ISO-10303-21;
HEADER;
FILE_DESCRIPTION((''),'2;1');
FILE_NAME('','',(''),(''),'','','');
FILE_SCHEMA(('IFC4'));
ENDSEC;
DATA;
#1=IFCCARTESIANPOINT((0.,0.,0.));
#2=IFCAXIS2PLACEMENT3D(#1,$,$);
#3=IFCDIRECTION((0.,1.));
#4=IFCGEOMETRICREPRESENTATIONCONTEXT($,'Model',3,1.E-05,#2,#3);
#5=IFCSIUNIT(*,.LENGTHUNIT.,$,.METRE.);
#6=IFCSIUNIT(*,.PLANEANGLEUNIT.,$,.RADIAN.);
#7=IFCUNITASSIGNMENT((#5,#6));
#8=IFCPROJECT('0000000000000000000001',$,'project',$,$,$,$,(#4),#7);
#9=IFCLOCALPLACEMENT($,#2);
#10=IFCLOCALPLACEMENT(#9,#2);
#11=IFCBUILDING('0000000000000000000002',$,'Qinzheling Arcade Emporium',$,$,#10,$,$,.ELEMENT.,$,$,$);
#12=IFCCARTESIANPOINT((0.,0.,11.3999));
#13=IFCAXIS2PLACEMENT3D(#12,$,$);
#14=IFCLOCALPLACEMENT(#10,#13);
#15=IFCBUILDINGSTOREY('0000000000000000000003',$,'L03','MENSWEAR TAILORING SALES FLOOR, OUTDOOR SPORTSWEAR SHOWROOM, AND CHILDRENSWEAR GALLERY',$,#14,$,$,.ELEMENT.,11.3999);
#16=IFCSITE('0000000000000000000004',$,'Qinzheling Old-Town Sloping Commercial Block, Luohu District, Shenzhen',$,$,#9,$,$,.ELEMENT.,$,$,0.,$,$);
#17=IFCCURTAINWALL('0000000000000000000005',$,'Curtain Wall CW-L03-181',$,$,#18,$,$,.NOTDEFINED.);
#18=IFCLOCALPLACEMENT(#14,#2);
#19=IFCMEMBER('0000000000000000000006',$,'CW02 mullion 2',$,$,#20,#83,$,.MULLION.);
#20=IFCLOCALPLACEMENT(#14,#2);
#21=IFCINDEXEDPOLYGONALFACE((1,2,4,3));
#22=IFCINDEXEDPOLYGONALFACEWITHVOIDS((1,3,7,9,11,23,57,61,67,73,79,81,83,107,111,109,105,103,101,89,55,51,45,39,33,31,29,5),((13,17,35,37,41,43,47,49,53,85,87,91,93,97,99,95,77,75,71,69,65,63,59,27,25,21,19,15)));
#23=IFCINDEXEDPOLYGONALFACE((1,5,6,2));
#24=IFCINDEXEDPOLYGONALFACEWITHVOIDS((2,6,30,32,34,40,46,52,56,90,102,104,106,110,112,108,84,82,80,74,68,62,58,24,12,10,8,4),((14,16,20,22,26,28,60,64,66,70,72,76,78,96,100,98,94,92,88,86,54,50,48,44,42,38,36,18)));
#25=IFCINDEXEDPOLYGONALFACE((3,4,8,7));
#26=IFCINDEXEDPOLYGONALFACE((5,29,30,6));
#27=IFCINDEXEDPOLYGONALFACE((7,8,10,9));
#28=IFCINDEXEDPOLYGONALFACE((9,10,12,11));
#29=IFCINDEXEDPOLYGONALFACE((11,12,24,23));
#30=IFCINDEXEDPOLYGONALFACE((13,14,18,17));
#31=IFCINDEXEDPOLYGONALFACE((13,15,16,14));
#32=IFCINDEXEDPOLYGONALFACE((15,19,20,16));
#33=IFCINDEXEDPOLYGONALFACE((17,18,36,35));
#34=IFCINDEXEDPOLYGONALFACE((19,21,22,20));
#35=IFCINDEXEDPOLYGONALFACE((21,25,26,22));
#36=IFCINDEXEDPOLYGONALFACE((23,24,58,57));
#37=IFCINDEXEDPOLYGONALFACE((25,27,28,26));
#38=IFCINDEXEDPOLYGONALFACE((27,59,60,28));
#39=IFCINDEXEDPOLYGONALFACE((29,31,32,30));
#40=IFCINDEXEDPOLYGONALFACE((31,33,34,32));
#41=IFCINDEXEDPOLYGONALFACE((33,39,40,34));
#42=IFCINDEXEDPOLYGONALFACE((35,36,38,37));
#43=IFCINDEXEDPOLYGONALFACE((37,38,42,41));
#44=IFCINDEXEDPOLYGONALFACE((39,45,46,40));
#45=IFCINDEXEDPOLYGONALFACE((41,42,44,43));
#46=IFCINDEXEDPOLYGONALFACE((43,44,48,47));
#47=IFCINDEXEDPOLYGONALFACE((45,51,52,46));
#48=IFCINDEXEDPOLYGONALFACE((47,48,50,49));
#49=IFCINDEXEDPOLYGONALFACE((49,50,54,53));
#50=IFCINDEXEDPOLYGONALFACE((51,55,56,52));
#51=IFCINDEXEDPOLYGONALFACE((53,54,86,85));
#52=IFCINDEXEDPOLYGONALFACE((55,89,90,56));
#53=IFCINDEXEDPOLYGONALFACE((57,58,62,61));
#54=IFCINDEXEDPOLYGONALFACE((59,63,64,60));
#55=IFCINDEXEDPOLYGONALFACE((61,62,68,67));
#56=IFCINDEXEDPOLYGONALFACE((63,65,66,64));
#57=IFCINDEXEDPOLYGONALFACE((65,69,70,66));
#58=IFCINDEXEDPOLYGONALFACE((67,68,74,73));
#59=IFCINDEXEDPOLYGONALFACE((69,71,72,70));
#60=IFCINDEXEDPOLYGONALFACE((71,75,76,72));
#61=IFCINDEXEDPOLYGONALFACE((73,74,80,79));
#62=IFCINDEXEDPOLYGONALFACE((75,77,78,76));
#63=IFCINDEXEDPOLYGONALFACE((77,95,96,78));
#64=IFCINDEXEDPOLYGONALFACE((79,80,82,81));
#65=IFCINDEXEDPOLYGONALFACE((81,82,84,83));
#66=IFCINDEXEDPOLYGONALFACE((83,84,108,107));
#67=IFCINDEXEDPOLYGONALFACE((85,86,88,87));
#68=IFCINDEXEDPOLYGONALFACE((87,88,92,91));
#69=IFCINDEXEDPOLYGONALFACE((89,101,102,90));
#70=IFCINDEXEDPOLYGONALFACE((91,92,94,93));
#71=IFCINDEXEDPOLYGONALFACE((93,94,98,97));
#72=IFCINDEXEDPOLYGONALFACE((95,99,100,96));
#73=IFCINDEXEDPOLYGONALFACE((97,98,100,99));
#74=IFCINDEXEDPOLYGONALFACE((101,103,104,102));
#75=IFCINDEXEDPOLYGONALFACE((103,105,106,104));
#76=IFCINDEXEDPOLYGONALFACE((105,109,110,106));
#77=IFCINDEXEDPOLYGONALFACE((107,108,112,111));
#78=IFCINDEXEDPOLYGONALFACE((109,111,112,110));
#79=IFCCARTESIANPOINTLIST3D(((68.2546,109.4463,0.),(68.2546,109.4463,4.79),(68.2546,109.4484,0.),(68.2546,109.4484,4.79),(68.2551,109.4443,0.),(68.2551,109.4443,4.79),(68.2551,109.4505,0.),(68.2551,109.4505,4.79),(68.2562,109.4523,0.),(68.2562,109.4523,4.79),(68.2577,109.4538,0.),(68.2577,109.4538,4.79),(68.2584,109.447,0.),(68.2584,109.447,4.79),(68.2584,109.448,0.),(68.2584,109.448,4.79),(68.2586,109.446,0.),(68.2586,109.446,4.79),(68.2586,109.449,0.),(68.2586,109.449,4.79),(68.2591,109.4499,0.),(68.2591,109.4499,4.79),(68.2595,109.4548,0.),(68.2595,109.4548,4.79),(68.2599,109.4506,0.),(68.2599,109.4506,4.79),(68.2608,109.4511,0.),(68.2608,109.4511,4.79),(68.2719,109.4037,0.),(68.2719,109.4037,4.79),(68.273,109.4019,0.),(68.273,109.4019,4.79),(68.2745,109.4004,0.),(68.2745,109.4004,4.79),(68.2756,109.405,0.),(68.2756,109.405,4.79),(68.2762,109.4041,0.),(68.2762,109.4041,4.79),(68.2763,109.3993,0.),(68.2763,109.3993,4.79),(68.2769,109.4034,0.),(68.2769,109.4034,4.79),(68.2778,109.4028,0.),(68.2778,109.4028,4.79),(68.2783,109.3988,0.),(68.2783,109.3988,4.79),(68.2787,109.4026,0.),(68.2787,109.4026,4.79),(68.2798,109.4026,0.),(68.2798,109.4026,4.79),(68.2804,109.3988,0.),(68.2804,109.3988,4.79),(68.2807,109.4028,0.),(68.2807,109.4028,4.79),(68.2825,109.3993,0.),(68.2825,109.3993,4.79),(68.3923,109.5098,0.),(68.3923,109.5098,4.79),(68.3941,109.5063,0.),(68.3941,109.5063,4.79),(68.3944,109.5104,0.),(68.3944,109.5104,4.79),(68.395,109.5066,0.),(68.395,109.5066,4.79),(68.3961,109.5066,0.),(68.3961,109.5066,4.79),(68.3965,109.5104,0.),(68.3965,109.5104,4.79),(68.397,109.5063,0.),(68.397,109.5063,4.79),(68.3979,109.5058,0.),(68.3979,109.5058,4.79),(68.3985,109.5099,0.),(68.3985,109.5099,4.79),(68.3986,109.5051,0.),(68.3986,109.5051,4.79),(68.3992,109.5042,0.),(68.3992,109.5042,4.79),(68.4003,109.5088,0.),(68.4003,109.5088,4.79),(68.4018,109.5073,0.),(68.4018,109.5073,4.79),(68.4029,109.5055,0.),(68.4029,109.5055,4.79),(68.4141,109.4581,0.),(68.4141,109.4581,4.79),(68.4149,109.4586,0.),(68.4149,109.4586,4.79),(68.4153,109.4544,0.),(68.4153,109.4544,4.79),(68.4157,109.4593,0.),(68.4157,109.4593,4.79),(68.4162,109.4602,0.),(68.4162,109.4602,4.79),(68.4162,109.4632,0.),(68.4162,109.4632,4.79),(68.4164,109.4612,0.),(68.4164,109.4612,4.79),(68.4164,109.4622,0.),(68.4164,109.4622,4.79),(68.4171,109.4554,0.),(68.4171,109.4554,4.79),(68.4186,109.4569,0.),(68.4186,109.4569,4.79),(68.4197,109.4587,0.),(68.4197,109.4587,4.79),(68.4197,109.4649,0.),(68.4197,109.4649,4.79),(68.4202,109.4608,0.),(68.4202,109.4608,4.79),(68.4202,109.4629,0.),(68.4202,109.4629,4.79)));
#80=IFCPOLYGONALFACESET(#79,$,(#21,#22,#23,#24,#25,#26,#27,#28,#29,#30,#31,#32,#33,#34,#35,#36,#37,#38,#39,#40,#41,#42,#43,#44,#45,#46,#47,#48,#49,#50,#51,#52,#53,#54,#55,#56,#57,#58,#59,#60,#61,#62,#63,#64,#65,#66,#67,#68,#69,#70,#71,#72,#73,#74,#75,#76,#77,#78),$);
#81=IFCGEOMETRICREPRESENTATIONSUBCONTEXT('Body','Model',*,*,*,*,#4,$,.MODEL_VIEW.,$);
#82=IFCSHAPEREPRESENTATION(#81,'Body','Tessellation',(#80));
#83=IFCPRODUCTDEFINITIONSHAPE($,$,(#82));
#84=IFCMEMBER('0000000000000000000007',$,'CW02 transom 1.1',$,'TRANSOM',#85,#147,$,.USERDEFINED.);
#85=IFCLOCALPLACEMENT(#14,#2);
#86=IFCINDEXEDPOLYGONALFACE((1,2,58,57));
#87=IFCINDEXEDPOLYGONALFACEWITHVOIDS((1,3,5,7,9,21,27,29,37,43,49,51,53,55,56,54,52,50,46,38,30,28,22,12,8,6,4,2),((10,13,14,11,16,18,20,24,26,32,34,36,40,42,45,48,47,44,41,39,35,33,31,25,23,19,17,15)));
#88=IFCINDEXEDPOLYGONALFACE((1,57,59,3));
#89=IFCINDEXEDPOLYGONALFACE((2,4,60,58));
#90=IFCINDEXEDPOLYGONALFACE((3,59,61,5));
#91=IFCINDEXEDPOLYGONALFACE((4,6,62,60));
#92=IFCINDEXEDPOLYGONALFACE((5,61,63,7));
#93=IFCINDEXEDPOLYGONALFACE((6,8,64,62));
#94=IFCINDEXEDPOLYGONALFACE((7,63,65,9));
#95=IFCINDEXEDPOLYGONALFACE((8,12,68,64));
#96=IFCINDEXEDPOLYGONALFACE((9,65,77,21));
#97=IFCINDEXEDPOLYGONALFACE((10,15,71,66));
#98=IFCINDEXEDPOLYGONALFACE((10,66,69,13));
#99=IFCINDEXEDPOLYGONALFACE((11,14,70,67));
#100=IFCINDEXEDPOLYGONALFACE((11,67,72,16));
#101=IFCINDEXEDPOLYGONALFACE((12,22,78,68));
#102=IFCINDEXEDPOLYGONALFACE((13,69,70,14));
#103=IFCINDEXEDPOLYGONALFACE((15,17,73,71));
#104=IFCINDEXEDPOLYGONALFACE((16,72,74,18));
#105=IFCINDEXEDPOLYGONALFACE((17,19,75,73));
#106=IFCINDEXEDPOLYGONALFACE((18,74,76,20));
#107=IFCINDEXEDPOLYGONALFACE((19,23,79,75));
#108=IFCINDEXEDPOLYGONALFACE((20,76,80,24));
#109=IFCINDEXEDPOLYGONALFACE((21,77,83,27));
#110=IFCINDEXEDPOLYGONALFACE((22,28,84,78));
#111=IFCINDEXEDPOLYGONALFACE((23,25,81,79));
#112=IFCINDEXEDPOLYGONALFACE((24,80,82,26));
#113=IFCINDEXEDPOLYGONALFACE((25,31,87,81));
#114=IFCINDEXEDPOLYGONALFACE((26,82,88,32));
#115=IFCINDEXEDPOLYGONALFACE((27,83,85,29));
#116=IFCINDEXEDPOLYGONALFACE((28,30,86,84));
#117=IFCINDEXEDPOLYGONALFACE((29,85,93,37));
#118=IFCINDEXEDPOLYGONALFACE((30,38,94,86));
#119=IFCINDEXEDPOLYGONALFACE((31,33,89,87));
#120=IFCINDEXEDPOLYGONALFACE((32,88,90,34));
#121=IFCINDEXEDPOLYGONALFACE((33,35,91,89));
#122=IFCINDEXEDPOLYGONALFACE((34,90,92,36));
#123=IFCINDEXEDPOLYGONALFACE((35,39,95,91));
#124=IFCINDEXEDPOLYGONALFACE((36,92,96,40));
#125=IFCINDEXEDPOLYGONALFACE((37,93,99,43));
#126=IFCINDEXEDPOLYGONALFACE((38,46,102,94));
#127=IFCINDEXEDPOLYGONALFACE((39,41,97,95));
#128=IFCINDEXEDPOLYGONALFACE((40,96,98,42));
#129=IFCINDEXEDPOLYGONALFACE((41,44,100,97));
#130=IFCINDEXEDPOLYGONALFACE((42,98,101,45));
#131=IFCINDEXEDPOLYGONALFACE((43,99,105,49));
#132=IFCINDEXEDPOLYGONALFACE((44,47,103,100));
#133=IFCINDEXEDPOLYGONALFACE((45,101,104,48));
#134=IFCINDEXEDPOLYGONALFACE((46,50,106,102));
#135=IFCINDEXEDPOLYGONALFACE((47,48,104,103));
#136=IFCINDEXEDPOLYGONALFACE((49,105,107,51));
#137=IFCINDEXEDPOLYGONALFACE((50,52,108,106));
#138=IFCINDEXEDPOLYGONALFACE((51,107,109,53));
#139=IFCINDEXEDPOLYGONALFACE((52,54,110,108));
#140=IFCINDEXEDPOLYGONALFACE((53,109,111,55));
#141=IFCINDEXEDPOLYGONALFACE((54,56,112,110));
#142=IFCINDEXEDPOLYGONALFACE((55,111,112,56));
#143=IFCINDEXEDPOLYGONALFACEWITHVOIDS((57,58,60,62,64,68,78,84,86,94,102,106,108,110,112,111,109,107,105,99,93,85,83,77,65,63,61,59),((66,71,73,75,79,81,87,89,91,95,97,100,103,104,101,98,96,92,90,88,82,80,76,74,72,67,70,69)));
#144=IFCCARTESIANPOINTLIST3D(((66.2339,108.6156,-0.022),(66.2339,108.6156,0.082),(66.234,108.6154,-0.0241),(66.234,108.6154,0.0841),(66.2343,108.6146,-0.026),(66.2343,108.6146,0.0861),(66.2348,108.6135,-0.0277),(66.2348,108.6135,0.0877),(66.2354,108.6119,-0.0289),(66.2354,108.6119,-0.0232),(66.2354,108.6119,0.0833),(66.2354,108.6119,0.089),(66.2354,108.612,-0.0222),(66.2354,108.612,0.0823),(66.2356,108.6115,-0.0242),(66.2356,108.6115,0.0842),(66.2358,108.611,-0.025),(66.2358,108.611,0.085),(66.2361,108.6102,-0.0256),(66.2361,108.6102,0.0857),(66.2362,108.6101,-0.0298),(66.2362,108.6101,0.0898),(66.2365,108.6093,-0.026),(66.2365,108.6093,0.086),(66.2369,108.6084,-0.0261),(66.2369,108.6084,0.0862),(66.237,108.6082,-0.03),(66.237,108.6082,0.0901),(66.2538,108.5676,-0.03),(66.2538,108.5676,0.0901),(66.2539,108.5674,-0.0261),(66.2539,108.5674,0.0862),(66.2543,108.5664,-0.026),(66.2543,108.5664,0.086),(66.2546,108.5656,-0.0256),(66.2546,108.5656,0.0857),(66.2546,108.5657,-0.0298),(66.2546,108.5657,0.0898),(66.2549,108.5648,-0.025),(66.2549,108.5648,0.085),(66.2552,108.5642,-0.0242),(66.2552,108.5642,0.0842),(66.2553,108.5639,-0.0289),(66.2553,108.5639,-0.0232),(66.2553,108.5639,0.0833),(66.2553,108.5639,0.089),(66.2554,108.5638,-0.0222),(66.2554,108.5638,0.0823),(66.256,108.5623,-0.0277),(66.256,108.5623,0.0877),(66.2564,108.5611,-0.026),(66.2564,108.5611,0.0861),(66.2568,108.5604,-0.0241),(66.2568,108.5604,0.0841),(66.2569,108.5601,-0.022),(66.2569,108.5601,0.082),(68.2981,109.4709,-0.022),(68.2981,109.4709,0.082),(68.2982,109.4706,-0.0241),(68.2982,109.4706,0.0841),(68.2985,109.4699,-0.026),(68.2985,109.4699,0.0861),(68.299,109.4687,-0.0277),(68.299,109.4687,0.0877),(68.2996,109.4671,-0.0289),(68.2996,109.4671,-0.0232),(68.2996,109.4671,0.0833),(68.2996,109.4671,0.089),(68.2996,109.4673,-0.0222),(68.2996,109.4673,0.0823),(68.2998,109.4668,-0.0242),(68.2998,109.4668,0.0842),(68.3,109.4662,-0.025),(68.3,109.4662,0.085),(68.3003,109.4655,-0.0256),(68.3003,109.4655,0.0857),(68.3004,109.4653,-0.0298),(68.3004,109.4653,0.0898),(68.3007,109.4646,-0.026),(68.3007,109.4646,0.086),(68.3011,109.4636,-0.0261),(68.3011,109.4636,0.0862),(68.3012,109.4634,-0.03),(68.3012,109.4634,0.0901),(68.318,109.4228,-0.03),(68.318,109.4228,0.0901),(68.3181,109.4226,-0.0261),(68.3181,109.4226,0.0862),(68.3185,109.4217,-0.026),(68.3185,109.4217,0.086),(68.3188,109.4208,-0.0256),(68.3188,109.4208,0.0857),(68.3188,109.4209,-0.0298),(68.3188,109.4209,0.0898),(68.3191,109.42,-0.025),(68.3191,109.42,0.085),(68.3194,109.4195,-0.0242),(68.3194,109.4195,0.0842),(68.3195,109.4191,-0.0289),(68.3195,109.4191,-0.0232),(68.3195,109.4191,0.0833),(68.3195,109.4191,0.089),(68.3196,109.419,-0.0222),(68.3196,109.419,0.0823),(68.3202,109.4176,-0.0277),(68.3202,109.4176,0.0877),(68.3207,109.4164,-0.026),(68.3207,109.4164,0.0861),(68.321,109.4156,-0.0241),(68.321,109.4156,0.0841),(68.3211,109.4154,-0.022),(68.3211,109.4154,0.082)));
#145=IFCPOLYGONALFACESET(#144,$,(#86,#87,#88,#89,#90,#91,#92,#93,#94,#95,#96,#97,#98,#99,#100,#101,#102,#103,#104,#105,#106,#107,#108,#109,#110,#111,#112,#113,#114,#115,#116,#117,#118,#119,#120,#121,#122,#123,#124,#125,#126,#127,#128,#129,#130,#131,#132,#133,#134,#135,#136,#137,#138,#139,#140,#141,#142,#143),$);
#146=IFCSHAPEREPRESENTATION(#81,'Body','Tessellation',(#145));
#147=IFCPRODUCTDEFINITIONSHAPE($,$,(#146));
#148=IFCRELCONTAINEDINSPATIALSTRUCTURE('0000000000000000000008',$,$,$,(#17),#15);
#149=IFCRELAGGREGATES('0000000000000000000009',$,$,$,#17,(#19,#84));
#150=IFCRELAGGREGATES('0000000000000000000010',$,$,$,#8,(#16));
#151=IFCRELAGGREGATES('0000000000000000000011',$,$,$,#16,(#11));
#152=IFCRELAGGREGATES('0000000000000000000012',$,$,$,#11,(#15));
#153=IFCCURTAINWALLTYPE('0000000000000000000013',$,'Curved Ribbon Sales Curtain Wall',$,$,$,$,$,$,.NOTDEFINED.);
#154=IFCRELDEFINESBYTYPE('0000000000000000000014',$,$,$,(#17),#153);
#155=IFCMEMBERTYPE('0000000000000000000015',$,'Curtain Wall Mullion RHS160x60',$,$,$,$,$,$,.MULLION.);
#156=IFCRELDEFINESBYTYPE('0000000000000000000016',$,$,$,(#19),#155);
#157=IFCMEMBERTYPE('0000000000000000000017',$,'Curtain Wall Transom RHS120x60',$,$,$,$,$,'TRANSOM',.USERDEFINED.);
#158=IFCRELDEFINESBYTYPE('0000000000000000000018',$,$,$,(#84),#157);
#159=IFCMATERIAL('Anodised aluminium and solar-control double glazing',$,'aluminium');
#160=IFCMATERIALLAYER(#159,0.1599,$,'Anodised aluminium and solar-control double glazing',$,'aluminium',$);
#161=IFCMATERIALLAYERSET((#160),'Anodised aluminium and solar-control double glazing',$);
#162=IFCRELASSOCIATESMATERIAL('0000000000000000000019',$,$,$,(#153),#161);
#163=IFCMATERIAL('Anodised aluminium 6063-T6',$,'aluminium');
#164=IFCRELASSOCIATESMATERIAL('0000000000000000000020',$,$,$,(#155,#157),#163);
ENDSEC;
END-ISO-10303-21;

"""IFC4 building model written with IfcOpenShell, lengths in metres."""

from ifc_helpers import new_model, si_unit, direction, frame, origin, origin_2d, place, context, subcontext, project, spatial, hollow_rectangle, extrude, material, layer, layer_set, material_profile, profile_set, type_object, element, aggregate, save


model = new_model("IFC4")

# Units and contexts
model_context = context("Model", 3, precision=1e-05, world=origin(), true_north=direction((0.0, 1.0)))
body_context = subcontext(model_context, "Body", "Model", "MODEL_VIEW")
ifc_project = project(units=[si_unit("LENGTHUNIT", "METRE"), si_unit("PLANEANGLEUNIT", "RADIAN")], contexts=[model_context])

# Site, building, storey
site_placement = place(None, origin())
site = spatial("IfcSite", under=ifc_project, at=site_placement, Name="Qinzheling Old-Town Sloping Commercial Block, Luohu District, Shenzhen", CompositionType="ELEMENT", RefElevation=0.0)
building_placement = place(site_placement, origin())
building = spatial("IfcBuilding", under=site, at=building_placement, Name="Qinzheling Arcade Emporium", CompositionType="ELEMENT")
storey_placement = place(building_placement, frame((0.0, 0.0, 11.3999)))
storey = spatial("IfcBuildingStorey", under=building, at=storey_placement, Name="L03", Description="MENSWEAR TAILORING SALES FLOOR, OUTDOOR SPORTSWEAR SHOWROOM, AND CHILDRENSWEAR GALLERY", CompositionType="ELEMENT", Elevation=11.3999)

# Shared definitions
ifc_material_1 = material(Name="Anodised aluminium and solar-control double glazing", Category="aluminium")
ifc_layer_1 = layer(ifc_material_1, 0.1599, Name="Anodised aluminium and solar-control double glazing", Category="aluminium")
ifc_layer_set_1 = layer_set([ifc_layer_1], Name="Anodised aluminium and solar-control double glazing")
curtain_wall_type = type_object("IfcCurtainWallType", Name="Curved Ribbon Sales Curtain Wall", PredefinedType="NOTDEFINED", material=ifc_layer_set_1)
ifc_material_2 = material(Name="Anodised aluminium 6063-T6", Category="aluminium")
ifc_material_profile_1 = material_profile(ifc_material_2, hollow_rectangle(XDim=0.0601, YDim=0.1599, WallThickness=0.0039, InnerFilletRadius=0.0039, OuterFilletRadius=0.0081, at=origin_2d()), Name="RHS 160x60x4", Category="aluminium")
ifc_profile_set_1 = profile_set([ifc_material_profile_1], Name="Anodised aluminium 6063-T6")
member_type_1 = type_object("IfcMemberType", Name="Curtain Wall Mullion RHS160x60", PredefinedType="MULLION", material=ifc_profile_set_1)

# Curtain wall, members
curtain_wall_1_placement = place(storey_placement, origin())
curtain_wall_1 = element("IfcCurtainWall", 1, at=curtain_wall_1_placement, inside=storey, type_object=curtain_wall_type, Name="Curtain Wall CW-L03-181", PredefinedType="NOTDEFINED")
member_1_placement = place(storey_placement, frame((68.3374, 109.4546, 0.0), z_axis=(0.0, 0.0, 1.0), x_axis=(-0.382714, 0.923867, 0.0)))
member_1 = element("IfcMember", 2, at=member_1_placement, type_object=member_type_1, Name="CW02 mullion 2", PredefinedType="MULLION", context=body_context, shape_type="SweptSolid", body=[
    extrude(hollow_rectangle(XDim=0.0601, YDim=0.1599, WallThickness=0.0039, InnerFilletRadius=0.0039, OuterFilletRadius=0.0081, at=origin_2d()), origin(), (0.0, 0.0, 1.0), 4.79),
])
ifc_material_profile_2 = material_profile(ifc_material_2, hollow_rectangle(XDim=0.0601, YDim=0.1201, WallThickness=0.0039, InnerFilletRadius=0.0039, OuterFilletRadius=0.0081, at=origin_2d()), Name="RHS 120x60x4", Category="aluminium")
ifc_profile_set_2 = profile_set([ifc_material_profile_2], Name="Anodised aluminium 6063-T6")
member_type_2 = type_object("IfcMemberType", Name="Curtain Wall Transom RHS120x60", ElementType="TRANSOM", PredefinedType="USERDEFINED", material=ifc_profile_set_2)
member_2_placement = place(storey_placement, frame((66.2454, 108.5879, 0.03), z_axis=(0.923848, 0.38276, 0.0), x_axis=(-0.38276, 0.923848, 0.0)))
member_2 = element("IfcMember", 3, at=member_2_placement, type_object=member_type_2, Name="CW02 transom 1.1", ObjectType="TRANSOM", PredefinedType="USERDEFINED", context=body_context, shape_type="SweptSolid", body=[
    extrude(hollow_rectangle(XDim=0.0601, YDim=0.1201, WallThickness=0.0039, InnerFilletRadius=0.0039, OuterFilletRadius=0.0081, at=origin_2d()), origin(), (0.0, 0.0, 1.0), 2.2344),
])

aggregate(curtain_wall_1, [member_1, member_2])

save(model, "model.ifc")
